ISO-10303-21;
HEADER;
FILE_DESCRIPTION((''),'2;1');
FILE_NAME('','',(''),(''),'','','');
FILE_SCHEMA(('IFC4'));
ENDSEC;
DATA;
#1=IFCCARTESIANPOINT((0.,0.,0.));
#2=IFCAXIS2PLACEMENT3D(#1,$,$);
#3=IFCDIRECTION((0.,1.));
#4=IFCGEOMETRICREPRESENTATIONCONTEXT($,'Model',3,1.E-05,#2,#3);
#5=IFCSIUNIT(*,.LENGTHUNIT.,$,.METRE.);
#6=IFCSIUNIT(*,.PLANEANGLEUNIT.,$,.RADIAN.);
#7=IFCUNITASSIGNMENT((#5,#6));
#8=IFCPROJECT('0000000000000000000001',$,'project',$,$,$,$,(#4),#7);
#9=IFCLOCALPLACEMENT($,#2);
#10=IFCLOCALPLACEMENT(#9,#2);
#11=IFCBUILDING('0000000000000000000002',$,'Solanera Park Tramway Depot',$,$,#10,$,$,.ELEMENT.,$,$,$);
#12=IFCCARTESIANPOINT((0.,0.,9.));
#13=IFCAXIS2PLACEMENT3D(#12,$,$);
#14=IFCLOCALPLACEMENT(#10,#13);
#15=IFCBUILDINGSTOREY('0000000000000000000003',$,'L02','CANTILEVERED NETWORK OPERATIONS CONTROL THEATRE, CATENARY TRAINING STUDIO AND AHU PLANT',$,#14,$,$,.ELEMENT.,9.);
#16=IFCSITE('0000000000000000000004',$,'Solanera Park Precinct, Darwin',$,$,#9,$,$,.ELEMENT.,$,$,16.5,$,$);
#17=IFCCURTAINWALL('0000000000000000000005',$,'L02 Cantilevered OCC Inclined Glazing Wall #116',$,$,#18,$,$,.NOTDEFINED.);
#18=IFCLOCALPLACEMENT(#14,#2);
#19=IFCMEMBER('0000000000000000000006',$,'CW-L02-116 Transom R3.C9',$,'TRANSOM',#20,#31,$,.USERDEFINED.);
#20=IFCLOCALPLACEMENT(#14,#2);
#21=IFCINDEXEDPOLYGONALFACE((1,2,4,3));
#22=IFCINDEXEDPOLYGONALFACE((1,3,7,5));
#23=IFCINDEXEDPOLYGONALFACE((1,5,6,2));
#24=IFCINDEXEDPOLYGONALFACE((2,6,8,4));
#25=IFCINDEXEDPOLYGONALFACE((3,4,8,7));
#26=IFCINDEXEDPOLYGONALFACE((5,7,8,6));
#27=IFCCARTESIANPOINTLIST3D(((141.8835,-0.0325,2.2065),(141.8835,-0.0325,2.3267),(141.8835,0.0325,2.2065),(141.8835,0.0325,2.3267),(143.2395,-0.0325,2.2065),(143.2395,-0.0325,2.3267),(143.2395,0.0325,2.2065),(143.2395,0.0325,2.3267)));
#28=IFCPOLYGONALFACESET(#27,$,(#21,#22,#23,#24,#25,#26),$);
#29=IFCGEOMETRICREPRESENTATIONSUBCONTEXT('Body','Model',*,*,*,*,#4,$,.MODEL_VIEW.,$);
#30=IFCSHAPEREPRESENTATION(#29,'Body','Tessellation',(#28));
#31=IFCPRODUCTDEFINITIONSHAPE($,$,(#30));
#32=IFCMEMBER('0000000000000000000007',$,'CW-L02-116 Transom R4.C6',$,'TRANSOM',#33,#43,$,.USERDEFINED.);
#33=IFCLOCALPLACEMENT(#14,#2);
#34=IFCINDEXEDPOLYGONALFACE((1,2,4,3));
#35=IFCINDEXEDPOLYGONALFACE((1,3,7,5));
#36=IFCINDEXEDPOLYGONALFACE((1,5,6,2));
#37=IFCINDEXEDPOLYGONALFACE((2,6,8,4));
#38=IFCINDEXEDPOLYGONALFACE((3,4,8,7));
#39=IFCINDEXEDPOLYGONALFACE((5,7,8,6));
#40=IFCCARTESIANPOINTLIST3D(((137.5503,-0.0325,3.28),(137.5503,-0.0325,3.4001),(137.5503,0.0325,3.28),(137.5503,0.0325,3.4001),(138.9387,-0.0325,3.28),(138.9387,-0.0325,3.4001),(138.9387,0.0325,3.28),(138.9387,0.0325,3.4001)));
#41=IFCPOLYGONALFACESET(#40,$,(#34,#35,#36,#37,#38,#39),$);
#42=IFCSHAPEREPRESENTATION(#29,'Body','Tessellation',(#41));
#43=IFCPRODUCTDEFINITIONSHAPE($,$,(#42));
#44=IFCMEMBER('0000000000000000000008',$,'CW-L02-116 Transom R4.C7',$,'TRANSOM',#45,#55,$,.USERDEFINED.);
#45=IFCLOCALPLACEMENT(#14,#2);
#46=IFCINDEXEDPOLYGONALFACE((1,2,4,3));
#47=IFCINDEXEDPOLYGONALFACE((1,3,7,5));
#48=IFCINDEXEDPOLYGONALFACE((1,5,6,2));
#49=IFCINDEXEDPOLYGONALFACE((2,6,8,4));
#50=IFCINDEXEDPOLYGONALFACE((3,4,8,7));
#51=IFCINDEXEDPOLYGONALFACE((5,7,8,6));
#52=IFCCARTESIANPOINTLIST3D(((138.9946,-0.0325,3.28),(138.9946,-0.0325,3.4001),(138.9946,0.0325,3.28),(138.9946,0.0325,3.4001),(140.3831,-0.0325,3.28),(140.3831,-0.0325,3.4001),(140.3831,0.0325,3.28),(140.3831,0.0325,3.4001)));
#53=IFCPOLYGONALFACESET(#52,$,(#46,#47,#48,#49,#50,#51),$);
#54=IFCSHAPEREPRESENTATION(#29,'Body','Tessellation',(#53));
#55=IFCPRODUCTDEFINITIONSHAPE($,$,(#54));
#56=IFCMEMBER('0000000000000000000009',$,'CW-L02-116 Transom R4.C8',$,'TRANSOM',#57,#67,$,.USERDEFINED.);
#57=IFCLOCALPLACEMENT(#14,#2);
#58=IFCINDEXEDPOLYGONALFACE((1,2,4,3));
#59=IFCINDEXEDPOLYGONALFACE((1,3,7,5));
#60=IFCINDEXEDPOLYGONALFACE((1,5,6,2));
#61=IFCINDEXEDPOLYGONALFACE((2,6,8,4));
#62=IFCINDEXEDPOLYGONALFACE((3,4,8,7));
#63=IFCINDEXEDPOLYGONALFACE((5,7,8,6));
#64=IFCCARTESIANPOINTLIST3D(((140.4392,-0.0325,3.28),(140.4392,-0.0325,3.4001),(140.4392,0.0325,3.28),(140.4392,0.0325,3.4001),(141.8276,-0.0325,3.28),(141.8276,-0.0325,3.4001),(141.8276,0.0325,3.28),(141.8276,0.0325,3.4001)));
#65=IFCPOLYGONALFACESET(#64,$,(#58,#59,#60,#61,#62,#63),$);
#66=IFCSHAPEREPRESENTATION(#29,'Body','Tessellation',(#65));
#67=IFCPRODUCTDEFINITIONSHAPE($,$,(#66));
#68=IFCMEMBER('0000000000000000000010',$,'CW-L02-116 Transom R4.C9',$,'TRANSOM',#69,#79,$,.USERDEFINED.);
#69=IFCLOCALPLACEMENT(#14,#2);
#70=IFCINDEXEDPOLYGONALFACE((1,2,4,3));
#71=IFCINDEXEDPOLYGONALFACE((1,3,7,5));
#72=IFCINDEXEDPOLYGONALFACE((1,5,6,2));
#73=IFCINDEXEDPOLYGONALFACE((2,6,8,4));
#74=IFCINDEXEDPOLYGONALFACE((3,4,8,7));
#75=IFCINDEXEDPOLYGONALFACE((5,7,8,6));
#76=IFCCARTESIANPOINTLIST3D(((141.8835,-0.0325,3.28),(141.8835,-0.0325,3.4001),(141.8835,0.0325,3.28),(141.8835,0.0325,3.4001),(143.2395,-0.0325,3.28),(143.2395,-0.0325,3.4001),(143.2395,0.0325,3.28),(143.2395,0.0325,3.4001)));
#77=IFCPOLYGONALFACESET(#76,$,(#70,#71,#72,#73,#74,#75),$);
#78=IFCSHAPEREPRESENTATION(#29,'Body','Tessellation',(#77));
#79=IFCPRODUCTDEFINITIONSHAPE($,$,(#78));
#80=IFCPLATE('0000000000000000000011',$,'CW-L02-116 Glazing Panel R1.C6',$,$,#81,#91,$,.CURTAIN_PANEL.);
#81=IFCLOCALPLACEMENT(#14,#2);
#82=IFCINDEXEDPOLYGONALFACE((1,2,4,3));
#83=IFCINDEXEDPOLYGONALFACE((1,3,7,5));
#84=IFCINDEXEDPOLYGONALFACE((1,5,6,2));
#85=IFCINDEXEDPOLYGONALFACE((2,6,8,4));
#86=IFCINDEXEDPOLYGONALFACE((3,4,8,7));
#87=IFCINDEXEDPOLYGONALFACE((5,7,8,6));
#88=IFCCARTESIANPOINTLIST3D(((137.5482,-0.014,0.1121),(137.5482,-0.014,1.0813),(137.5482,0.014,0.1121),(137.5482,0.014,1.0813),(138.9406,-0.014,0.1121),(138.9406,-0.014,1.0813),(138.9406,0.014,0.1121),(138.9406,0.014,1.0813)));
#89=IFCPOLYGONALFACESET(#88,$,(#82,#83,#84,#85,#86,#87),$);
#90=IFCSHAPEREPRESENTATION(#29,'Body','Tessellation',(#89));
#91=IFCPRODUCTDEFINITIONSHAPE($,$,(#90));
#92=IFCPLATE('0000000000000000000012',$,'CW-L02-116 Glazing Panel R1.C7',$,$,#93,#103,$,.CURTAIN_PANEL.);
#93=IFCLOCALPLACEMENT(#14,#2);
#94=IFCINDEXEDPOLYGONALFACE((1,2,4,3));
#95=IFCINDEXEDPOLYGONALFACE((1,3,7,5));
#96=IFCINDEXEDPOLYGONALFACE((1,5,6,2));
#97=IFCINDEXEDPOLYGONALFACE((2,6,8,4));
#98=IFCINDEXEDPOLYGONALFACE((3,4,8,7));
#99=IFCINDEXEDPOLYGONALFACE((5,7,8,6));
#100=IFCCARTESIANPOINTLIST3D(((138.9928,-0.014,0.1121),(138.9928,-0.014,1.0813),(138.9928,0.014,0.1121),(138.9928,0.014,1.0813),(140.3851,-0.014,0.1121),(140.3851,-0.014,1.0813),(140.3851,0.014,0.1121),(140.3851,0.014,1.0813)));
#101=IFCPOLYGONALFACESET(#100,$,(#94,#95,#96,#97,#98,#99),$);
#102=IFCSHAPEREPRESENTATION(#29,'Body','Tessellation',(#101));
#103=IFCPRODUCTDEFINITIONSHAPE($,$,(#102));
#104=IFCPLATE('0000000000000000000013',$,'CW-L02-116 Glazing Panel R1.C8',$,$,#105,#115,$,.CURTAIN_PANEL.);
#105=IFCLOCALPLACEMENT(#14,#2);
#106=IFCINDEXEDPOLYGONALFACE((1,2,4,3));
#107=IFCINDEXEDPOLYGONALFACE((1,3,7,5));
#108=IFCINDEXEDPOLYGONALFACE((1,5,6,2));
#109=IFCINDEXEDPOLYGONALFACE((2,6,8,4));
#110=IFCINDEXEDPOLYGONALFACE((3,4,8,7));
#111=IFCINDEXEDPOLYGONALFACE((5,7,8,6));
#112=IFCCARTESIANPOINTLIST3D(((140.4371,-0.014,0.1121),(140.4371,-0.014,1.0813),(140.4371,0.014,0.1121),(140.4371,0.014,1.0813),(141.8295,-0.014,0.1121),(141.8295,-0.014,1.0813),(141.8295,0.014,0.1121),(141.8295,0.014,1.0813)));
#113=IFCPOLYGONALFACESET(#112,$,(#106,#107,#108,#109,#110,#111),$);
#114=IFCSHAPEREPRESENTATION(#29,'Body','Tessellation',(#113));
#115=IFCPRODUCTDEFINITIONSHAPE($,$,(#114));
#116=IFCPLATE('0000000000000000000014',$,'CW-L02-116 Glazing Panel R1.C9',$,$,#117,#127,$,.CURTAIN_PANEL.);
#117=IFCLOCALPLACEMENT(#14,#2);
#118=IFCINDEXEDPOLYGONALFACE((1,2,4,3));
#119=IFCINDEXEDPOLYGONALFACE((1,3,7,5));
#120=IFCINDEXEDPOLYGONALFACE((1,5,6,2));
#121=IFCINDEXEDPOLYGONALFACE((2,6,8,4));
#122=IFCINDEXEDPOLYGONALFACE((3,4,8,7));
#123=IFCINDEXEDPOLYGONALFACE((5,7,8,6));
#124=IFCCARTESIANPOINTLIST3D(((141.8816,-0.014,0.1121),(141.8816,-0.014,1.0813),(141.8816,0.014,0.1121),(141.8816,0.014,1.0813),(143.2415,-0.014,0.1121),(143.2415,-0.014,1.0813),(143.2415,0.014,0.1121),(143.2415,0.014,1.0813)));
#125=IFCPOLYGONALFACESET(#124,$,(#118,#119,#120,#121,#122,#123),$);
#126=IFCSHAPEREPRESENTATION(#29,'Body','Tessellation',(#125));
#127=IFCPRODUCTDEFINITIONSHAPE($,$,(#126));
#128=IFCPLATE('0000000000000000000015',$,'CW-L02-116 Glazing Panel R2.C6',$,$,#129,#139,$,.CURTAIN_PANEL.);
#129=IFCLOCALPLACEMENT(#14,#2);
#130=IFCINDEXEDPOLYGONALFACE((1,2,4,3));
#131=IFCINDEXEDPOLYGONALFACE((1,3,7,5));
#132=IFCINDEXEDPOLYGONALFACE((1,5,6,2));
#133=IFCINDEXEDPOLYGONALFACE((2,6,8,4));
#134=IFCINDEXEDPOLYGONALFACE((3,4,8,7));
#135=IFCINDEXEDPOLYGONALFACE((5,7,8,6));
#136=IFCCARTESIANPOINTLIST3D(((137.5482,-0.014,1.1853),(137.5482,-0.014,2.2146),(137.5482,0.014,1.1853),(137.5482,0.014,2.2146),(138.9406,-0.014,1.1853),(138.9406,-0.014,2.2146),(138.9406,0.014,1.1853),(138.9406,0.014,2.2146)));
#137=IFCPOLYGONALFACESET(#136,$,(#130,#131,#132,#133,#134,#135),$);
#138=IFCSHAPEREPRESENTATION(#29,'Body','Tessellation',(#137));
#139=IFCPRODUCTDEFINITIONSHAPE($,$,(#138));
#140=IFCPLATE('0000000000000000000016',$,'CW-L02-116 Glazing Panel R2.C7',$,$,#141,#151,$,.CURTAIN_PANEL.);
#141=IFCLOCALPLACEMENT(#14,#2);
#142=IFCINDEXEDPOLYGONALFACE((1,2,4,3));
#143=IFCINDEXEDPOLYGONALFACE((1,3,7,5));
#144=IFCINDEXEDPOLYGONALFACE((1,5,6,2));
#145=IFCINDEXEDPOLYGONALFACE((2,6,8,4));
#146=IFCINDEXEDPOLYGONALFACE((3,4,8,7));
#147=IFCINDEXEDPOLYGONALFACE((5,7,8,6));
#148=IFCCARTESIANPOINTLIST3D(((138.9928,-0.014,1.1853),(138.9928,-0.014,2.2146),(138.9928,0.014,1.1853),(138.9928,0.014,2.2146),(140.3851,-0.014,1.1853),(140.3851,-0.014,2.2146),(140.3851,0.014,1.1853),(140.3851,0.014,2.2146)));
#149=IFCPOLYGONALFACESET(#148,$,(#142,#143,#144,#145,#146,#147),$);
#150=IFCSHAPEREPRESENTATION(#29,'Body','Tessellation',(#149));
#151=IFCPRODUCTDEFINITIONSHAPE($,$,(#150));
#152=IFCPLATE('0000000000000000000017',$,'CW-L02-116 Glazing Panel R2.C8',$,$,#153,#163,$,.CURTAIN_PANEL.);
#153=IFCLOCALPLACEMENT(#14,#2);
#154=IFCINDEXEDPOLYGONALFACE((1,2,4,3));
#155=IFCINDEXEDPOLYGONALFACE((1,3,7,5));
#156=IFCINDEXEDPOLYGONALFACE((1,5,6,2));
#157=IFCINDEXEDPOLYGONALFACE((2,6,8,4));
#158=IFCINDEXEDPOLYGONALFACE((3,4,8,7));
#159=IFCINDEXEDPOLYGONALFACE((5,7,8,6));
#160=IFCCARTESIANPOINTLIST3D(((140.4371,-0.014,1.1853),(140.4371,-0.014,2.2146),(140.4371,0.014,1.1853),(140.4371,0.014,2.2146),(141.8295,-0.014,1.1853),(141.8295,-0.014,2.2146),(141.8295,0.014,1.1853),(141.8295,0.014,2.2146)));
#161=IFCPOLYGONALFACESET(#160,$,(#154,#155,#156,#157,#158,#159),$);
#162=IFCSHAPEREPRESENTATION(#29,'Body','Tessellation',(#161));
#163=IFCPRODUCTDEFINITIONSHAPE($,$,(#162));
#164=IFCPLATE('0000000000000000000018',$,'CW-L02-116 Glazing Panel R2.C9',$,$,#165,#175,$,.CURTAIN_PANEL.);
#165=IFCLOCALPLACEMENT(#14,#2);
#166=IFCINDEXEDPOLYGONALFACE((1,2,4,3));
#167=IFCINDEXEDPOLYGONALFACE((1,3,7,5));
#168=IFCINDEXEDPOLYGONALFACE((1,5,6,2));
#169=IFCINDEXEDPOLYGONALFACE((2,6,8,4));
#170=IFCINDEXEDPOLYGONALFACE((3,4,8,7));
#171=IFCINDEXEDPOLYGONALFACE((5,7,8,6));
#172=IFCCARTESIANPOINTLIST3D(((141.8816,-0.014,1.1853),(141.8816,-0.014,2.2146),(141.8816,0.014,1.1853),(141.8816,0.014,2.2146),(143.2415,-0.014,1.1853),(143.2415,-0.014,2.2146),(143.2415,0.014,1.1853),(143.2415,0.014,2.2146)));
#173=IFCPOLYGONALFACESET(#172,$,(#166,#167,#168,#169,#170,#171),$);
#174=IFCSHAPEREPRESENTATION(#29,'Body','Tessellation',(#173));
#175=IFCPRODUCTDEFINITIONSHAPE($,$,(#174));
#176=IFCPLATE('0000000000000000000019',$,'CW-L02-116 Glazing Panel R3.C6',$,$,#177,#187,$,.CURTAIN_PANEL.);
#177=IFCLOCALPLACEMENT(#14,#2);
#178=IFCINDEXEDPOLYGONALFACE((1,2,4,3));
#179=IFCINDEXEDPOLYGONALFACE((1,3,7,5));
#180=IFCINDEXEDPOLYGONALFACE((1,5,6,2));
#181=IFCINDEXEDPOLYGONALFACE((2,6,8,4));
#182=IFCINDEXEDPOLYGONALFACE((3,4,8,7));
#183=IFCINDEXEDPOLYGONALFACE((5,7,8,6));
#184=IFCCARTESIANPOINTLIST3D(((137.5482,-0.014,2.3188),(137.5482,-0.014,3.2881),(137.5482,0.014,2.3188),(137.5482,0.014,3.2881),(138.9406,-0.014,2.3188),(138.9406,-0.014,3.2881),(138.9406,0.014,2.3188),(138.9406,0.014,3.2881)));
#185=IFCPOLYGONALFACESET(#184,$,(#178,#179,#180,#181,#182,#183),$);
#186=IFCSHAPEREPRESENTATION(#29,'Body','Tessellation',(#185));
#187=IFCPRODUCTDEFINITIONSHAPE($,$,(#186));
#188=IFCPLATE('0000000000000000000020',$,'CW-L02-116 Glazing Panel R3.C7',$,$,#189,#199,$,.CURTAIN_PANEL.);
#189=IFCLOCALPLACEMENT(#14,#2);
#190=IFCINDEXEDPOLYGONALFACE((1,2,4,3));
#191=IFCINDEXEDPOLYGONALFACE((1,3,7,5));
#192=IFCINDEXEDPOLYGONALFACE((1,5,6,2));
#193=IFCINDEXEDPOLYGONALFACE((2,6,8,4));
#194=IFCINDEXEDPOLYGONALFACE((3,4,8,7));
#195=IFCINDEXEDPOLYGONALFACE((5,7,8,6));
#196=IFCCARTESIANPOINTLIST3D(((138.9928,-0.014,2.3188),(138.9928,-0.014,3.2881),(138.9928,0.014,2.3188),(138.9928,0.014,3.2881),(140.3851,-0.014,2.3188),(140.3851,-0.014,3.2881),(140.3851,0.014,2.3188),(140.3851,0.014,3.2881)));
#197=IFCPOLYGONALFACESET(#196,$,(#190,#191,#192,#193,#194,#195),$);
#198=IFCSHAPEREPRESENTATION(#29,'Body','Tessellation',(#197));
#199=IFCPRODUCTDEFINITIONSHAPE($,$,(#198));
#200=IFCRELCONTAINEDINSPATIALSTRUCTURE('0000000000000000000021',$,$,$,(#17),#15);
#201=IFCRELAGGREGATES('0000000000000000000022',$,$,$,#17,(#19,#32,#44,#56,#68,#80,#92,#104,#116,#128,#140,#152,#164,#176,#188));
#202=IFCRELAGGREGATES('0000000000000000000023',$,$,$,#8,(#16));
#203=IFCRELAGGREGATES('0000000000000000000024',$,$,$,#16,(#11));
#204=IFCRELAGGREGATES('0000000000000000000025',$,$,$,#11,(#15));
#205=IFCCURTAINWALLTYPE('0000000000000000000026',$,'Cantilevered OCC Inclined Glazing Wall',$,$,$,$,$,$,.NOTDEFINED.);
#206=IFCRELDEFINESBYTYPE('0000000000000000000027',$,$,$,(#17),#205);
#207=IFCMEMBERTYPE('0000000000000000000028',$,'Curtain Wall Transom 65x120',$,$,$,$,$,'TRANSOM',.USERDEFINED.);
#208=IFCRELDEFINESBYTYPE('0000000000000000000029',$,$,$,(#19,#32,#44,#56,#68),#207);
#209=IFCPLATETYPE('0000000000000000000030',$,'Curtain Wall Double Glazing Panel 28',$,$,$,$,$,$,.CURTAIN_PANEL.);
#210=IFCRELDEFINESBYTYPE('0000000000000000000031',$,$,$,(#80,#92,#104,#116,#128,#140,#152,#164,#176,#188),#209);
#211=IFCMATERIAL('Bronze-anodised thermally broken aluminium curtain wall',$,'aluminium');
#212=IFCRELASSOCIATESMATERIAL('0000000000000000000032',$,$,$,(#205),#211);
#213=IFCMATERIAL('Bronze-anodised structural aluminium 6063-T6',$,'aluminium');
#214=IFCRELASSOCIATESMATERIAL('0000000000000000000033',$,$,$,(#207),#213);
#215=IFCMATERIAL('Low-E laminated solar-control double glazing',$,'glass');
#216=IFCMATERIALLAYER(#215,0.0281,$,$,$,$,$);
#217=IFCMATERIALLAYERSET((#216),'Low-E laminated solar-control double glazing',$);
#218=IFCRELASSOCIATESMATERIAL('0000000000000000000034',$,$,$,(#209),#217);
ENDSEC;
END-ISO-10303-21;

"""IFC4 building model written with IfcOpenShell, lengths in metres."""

from ifc_helpers import new_model, si_unit, direction, frame, origin, origin_2d, place, context, subcontext, project, spatial, rectangle, extrude, material, layer, layer_set, material_profile, profile_set, type_object, element, aggregate, save


model = new_model("IFC4")

# Units and contexts
model_context = context("Model", 3, precision=1e-05, world=origin(), true_north=direction((0.0, 1.0)))
body_context = subcontext(model_context, "Body", "Model", "MODEL_VIEW")
ifc_project = project(units=[si_unit("LENGTHUNIT", "METRE"), si_unit("PLANEANGLEUNIT", "RADIAN")], contexts=[model_context])

# Site, building, storey
site_placement = place(None, origin())
site = spatial("IfcSite", under=ifc_project, at=site_placement, Name="Solanera Park Precinct, Darwin", CompositionType="ELEMENT", RefElevation=16.5)
building_placement = place(site_placement, origin())
building = spatial("IfcBuilding", under=site, at=building_placement, Name="Solanera Park Tramway Depot", CompositionType="ELEMENT")
storey_placement = place(building_placement, frame((0.0, 0.0, 9.0)))
storey = spatial("IfcBuildingStorey", under=building, at=storey_placement, Name="L02", Description="CANTILEVERED NETWORK OPERATIONS CONTROL THEATRE, CATENARY TRAINING STUDIO AND AHU PLANT", CompositionType="ELEMENT", Elevation=9.0)

# Curtain wall, members, plates
ifc_material_1 = material(Name="Bronze-anodised thermally broken aluminium curtain wall", Category="aluminium")
curtain_wall_type = type_object("IfcCurtainWallType", Name="Cantilevered OCC Inclined Glazing Wall", PredefinedType="NOTDEFINED", material=ifc_material_1)
curtain_wall_placement = place(storey_placement, origin())
curtain_wall = element("IfcCurtainWall", 1, at=curtain_wall_placement, inside=storey, type_object=curtain_wall_type, Name="L02 Cantilevered OCC Inclined Glazing Wall #116", PredefinedType="NOTDEFINED")
ifc_material_2 = material(Name="Bronze-anodised structural aluminium 6063-T6", Category="aluminium")
ifc_material_profile_1 = material_profile(ifc_material_2, rectangle(XDim=0.0649, YDim=0.1201, at=origin_2d()), Name="Curtain Wall Transom 65x120")
ifc_profile_set_1 = profile_set([ifc_material_profile_1], Name="Bronze-anodised structural aluminium 6063-T6")
member_type_1 = type_object("IfcMemberType", Name="Curtain Wall Transom 65x120", ElementType="TRANSOM", PredefinedType="USERDEFINED", material=ifc_profile_set_1)
member_1_placement = place(storey_placement, frame((141.8835, 0.0, 2.2666), z_axis=(1.0, 0.0, 0.0), x_axis=(0.0, 1.0, 0.0)))
member_1 = element("IfcMember", 2, at=member_1_placement, type_object=member_type_1, Name="CW-L02-116 Transom R3.C9", ObjectType="TRANSOM", PredefinedType="USERDEFINED", context=body_context, shape_type="SweptSolid", body=[
    extrude(rectangle(XDim=0.0649, YDim=0.1201, at=origin_2d()), origin(), (0.0, 0.0, 1.0), 1.356),
])
member_2_placement = place(storey_placement, frame((137.5503, 0.0, 3.3401), z_axis=(1.0, 0.0, 0.0), x_axis=(0.0, 1.0, 0.0)))
member_2 = element("IfcMember", 3, at=member_2_placement, type_object=member_type_1, Name="CW-L02-116 Transom R4.C6", ObjectType="TRANSOM", PredefinedType="USERDEFINED", context=body_context, shape_type="SweptSolid", body=[
    extrude(rectangle(XDim=0.0649, YDim=0.1201, at=origin_2d()), origin(), (0.0, 0.0, 1.0), 1.3884),
])
member_3_placement = place(storey_placement, frame((138.9946, 0.0, 3.3401), z_axis=(1.0, 0.0, 0.0), x_axis=(0.0, 1.0, 0.0)))
member_3 = element("IfcMember", 4, at=member_3_placement, type_object=member_type_1, Name="CW-L02-116 Transom R4.C7", ObjectType="TRANSOM", PredefinedType="USERDEFINED", context=body_context, shape_type="SweptSolid", body=[
    extrude(rectangle(XDim=0.0649, YDim=0.1201, at=origin_2d()), origin(), (0.0, 0.0, 1.0), 1.3884),
])
member_4_placement = place(storey_placement, frame((140.4392, 0.0, 3.3401), z_axis=(1.0, 0.0, 0.0), x_axis=(0.0, 1.0, 0.0)))
member_4 = element("IfcMember", 5, at=member_4_placement, type_object=member_type_1, Name="CW-L02-116 Transom R4.C8", ObjectType="TRANSOM", PredefinedType="USERDEFINED", context=body_context, shape_type="SweptSolid", body=[
    extrude(rectangle(XDim=0.0649, YDim=0.1201, at=origin_2d()), origin(), (0.0, 0.0, 1.0), 1.3884),
])
member_5_placement = place(storey_placement, frame((141.8835, 0.0, 3.3401), z_axis=(1.0, 0.0, 0.0), x_axis=(0.0, 1.0, 0.0)))
member_5 = element("IfcMember", 6, at=member_5_placement, type_object=member_type_1, Name="CW-L02-116 Transom R4.C9", ObjectType="TRANSOM", PredefinedType="USERDEFINED", context=body_context, shape_type="SweptSolid", body=[
    extrude(rectangle(XDim=0.0649, YDim=0.1201, at=origin_2d()), origin(), (0.0, 0.0, 1.0), 1.356),
])
ifc_material_3 = material(Name="Low-E laminated solar-control double glazing", Category="glass")
ifc_layer = layer(ifc_material_3, 0.0281)
ifc_layer_set = layer_set([ifc_layer], Name="Low-E laminated solar-control double glazing")
plate_type = type_object("IfcPlateType", Name="Curtain Wall Double Glazing Panel 28", PredefinedType="CURTAIN_PANEL", material=ifc_layer_set)
plate_1_placement = place(storey_placement, frame((138.2444, 0.0, 0.1121), z_axis=(0.0, 0.0, 1.0), x_axis=(1.0, 0.0, 0.0)))
plate_1 = element("IfcPlate", 7, at=plate_1_placement, type_object=plate_type, Name="CW-L02-116 Glazing Panel R1.C6", PredefinedType="CURTAIN_PANEL", context=body_context, shape_type="SweptSolid", body=[
    extrude(rectangle(XDim=1.3923, YDim=0.0281, at=origin_2d()), origin(), (0.0, 0.0, 1.0), 0.9692),
])
plate_2_placement = place(storey_placement, frame((139.689, 0.0, 0.1121), z_axis=(0.0, 0.0, 1.0), x_axis=(1.0, 0.0, 0.0)))
plate_2 = element("IfcPlate", 8, at=plate_2_placement, type_object=plate_type, Name="CW-L02-116 Glazing Panel R1.C7", PredefinedType="CURTAIN_PANEL", context=body_context, shape_type="SweptSolid", body=[
    extrude(rectangle(XDim=1.3923, YDim=0.0281, at=origin_2d()), origin(), (0.0, 0.0, 1.0), 0.9692),
])
plate_3_placement = place(storey_placement, frame((141.1333, 0.0, 0.1121), z_axis=(0.0, 0.0, 1.0), x_axis=(1.0, 0.0, 0.0)))
plate_3 = element("IfcPlate", 9, at=plate_3_placement, type_object=plate_type, Name="CW-L02-116 Glazing Panel R1.C8", PredefinedType="CURTAIN_PANEL", context=body_context, shape_type="SweptSolid", body=[
    extrude(rectangle(XDim=1.3923, YDim=0.0281, at=origin_2d()), origin(), (0.0, 0.0, 1.0), 0.9692),
])
plate_4_placement = place(storey_placement, frame((142.5615, 0.0, 0.1121), z_axis=(0.0, 0.0, 1.0), x_axis=(1.0, 0.0, 0.0)))
plate_4 = element("IfcPlate", 10, at=plate_4_placement, type_object=plate_type, Name="CW-L02-116 Glazing Panel R1.C9", PredefinedType="CURTAIN_PANEL", context=body_context, shape_type="SweptSolid", body=[
    extrude(rectangle(XDim=1.3599, YDim=0.0281, at=origin_2d()), origin(), (0.0, 0.0, 1.0), 0.9692),
])
plate_5_placement = place(storey_placement, frame((138.2444, 0.0, 1.1853), z_axis=(0.0, 0.0, 1.0), x_axis=(1.0, 0.0, 0.0)))
plate_5 = element("IfcPlate", 11, at=plate_5_placement, type_object=plate_type, Name="CW-L02-116 Glazing Panel R2.C6", PredefinedType="CURTAIN_PANEL", context=body_context, shape_type="SweptSolid", body=[
    extrude(rectangle(XDim=1.3923, YDim=0.0281, at=origin_2d()), origin(), (0.0, 0.0, 1.0), 1.0293),
])
plate_6_placement = place(storey_placement, frame((139.689, 0.0, 1.1853), z_axis=(0.0, 0.0, 1.0), x_axis=(1.0, 0.0, 0.0)))
plate_6 = element("IfcPlate", 12, at=plate_6_placement, type_object=plate_type, Name="CW-L02-116 Glazing Panel R2.C7", PredefinedType="CURTAIN_PANEL", context=body_context, shape_type="SweptSolid", body=[
    extrude(rectangle(XDim=1.3923, YDim=0.0281, at=origin_2d()), origin(), (0.0, 0.0, 1.0), 1.0293),
])
plate_7_placement = place(storey_placement, frame((141.1333, 0.0, 1.1853), z_axis=(0.0, 0.0, 1.0), x_axis=(1.0, 0.0, 0.0)))
plate_7 = element("IfcPlate", 13, at=plate_7_placement, type_object=plate_type, Name="CW-L02-116 Glazing Panel R2.C8", PredefinedType="CURTAIN_PANEL", context=body_context, shape_type="SweptSolid", body=[
    extrude(rectangle(XDim=1.3923, YDim=0.0281, at=origin_2d()), origin(), (0.0, 0.0, 1.0), 1.0293),
])
plate_8_placement = place(storey_placement, frame((142.5615, 0.0, 1.1853), z_axis=(0.0, 0.0, 1.0), x_axis=(1.0, 0.0, 0.0)))
plate_8 = element("IfcPlate", 14, at=plate_8_placement, type_object=plate_type, Name="CW-L02-116 Glazing Panel R2.C9", PredefinedType="CURTAIN_PANEL", context=body_context, shape_type="SweptSolid", body=[
    extrude(rectangle(XDim=1.3599, YDim=0.0281, at=origin_2d()), origin(), (0.0, 0.0, 1.0), 1.0293),
])
plate_9_placement = place(storey_placement, frame((138.2444, 0.0, 2.3188), z_axis=(0.0, 0.0, 1.0), x_axis=(1.0, 0.0, 0.0)))
plate_9 = element("IfcPlate", 15, at=plate_9_placement, type_object=plate_type, Name="CW-L02-116 Glazing Panel R3.C6", PredefinedType="CURTAIN_PANEL", context=body_context, shape_type="SweptSolid", body=[
    extrude(rectangle(XDim=1.3923, YDim=0.0281, at=origin_2d()), origin(), (0.0, 0.0, 1.0), 0.9692),
])
plate_10_placement = place(storey_placement, frame((139.689, 0.0, 2.3188), z_axis=(0.0, 0.0, 1.0), x_axis=(1.0, 0.0, 0.0)))
plate_10 = element("IfcPlate", 16, at=plate_10_placement, type_object=plate_type, Name="CW-L02-116 Glazing Panel R3.C7", PredefinedType="CURTAIN_PANEL", context=body_context, shape_type="SweptSolid", body=[
    extrude(rectangle(XDim=1.3923, YDim=0.0281, at=origin_2d()), origin(), (0.0, 0.0, 1.0), 0.9692),
])
aggregate(curtain_wall, [member_1, member_2, member_3, member_4, member_5, plate_1, plate_2, plate_3, plate_4, plate_5, plate_6, plate_7, plate_8, plate_9, plate_10])

save(model, "model.ifc")
